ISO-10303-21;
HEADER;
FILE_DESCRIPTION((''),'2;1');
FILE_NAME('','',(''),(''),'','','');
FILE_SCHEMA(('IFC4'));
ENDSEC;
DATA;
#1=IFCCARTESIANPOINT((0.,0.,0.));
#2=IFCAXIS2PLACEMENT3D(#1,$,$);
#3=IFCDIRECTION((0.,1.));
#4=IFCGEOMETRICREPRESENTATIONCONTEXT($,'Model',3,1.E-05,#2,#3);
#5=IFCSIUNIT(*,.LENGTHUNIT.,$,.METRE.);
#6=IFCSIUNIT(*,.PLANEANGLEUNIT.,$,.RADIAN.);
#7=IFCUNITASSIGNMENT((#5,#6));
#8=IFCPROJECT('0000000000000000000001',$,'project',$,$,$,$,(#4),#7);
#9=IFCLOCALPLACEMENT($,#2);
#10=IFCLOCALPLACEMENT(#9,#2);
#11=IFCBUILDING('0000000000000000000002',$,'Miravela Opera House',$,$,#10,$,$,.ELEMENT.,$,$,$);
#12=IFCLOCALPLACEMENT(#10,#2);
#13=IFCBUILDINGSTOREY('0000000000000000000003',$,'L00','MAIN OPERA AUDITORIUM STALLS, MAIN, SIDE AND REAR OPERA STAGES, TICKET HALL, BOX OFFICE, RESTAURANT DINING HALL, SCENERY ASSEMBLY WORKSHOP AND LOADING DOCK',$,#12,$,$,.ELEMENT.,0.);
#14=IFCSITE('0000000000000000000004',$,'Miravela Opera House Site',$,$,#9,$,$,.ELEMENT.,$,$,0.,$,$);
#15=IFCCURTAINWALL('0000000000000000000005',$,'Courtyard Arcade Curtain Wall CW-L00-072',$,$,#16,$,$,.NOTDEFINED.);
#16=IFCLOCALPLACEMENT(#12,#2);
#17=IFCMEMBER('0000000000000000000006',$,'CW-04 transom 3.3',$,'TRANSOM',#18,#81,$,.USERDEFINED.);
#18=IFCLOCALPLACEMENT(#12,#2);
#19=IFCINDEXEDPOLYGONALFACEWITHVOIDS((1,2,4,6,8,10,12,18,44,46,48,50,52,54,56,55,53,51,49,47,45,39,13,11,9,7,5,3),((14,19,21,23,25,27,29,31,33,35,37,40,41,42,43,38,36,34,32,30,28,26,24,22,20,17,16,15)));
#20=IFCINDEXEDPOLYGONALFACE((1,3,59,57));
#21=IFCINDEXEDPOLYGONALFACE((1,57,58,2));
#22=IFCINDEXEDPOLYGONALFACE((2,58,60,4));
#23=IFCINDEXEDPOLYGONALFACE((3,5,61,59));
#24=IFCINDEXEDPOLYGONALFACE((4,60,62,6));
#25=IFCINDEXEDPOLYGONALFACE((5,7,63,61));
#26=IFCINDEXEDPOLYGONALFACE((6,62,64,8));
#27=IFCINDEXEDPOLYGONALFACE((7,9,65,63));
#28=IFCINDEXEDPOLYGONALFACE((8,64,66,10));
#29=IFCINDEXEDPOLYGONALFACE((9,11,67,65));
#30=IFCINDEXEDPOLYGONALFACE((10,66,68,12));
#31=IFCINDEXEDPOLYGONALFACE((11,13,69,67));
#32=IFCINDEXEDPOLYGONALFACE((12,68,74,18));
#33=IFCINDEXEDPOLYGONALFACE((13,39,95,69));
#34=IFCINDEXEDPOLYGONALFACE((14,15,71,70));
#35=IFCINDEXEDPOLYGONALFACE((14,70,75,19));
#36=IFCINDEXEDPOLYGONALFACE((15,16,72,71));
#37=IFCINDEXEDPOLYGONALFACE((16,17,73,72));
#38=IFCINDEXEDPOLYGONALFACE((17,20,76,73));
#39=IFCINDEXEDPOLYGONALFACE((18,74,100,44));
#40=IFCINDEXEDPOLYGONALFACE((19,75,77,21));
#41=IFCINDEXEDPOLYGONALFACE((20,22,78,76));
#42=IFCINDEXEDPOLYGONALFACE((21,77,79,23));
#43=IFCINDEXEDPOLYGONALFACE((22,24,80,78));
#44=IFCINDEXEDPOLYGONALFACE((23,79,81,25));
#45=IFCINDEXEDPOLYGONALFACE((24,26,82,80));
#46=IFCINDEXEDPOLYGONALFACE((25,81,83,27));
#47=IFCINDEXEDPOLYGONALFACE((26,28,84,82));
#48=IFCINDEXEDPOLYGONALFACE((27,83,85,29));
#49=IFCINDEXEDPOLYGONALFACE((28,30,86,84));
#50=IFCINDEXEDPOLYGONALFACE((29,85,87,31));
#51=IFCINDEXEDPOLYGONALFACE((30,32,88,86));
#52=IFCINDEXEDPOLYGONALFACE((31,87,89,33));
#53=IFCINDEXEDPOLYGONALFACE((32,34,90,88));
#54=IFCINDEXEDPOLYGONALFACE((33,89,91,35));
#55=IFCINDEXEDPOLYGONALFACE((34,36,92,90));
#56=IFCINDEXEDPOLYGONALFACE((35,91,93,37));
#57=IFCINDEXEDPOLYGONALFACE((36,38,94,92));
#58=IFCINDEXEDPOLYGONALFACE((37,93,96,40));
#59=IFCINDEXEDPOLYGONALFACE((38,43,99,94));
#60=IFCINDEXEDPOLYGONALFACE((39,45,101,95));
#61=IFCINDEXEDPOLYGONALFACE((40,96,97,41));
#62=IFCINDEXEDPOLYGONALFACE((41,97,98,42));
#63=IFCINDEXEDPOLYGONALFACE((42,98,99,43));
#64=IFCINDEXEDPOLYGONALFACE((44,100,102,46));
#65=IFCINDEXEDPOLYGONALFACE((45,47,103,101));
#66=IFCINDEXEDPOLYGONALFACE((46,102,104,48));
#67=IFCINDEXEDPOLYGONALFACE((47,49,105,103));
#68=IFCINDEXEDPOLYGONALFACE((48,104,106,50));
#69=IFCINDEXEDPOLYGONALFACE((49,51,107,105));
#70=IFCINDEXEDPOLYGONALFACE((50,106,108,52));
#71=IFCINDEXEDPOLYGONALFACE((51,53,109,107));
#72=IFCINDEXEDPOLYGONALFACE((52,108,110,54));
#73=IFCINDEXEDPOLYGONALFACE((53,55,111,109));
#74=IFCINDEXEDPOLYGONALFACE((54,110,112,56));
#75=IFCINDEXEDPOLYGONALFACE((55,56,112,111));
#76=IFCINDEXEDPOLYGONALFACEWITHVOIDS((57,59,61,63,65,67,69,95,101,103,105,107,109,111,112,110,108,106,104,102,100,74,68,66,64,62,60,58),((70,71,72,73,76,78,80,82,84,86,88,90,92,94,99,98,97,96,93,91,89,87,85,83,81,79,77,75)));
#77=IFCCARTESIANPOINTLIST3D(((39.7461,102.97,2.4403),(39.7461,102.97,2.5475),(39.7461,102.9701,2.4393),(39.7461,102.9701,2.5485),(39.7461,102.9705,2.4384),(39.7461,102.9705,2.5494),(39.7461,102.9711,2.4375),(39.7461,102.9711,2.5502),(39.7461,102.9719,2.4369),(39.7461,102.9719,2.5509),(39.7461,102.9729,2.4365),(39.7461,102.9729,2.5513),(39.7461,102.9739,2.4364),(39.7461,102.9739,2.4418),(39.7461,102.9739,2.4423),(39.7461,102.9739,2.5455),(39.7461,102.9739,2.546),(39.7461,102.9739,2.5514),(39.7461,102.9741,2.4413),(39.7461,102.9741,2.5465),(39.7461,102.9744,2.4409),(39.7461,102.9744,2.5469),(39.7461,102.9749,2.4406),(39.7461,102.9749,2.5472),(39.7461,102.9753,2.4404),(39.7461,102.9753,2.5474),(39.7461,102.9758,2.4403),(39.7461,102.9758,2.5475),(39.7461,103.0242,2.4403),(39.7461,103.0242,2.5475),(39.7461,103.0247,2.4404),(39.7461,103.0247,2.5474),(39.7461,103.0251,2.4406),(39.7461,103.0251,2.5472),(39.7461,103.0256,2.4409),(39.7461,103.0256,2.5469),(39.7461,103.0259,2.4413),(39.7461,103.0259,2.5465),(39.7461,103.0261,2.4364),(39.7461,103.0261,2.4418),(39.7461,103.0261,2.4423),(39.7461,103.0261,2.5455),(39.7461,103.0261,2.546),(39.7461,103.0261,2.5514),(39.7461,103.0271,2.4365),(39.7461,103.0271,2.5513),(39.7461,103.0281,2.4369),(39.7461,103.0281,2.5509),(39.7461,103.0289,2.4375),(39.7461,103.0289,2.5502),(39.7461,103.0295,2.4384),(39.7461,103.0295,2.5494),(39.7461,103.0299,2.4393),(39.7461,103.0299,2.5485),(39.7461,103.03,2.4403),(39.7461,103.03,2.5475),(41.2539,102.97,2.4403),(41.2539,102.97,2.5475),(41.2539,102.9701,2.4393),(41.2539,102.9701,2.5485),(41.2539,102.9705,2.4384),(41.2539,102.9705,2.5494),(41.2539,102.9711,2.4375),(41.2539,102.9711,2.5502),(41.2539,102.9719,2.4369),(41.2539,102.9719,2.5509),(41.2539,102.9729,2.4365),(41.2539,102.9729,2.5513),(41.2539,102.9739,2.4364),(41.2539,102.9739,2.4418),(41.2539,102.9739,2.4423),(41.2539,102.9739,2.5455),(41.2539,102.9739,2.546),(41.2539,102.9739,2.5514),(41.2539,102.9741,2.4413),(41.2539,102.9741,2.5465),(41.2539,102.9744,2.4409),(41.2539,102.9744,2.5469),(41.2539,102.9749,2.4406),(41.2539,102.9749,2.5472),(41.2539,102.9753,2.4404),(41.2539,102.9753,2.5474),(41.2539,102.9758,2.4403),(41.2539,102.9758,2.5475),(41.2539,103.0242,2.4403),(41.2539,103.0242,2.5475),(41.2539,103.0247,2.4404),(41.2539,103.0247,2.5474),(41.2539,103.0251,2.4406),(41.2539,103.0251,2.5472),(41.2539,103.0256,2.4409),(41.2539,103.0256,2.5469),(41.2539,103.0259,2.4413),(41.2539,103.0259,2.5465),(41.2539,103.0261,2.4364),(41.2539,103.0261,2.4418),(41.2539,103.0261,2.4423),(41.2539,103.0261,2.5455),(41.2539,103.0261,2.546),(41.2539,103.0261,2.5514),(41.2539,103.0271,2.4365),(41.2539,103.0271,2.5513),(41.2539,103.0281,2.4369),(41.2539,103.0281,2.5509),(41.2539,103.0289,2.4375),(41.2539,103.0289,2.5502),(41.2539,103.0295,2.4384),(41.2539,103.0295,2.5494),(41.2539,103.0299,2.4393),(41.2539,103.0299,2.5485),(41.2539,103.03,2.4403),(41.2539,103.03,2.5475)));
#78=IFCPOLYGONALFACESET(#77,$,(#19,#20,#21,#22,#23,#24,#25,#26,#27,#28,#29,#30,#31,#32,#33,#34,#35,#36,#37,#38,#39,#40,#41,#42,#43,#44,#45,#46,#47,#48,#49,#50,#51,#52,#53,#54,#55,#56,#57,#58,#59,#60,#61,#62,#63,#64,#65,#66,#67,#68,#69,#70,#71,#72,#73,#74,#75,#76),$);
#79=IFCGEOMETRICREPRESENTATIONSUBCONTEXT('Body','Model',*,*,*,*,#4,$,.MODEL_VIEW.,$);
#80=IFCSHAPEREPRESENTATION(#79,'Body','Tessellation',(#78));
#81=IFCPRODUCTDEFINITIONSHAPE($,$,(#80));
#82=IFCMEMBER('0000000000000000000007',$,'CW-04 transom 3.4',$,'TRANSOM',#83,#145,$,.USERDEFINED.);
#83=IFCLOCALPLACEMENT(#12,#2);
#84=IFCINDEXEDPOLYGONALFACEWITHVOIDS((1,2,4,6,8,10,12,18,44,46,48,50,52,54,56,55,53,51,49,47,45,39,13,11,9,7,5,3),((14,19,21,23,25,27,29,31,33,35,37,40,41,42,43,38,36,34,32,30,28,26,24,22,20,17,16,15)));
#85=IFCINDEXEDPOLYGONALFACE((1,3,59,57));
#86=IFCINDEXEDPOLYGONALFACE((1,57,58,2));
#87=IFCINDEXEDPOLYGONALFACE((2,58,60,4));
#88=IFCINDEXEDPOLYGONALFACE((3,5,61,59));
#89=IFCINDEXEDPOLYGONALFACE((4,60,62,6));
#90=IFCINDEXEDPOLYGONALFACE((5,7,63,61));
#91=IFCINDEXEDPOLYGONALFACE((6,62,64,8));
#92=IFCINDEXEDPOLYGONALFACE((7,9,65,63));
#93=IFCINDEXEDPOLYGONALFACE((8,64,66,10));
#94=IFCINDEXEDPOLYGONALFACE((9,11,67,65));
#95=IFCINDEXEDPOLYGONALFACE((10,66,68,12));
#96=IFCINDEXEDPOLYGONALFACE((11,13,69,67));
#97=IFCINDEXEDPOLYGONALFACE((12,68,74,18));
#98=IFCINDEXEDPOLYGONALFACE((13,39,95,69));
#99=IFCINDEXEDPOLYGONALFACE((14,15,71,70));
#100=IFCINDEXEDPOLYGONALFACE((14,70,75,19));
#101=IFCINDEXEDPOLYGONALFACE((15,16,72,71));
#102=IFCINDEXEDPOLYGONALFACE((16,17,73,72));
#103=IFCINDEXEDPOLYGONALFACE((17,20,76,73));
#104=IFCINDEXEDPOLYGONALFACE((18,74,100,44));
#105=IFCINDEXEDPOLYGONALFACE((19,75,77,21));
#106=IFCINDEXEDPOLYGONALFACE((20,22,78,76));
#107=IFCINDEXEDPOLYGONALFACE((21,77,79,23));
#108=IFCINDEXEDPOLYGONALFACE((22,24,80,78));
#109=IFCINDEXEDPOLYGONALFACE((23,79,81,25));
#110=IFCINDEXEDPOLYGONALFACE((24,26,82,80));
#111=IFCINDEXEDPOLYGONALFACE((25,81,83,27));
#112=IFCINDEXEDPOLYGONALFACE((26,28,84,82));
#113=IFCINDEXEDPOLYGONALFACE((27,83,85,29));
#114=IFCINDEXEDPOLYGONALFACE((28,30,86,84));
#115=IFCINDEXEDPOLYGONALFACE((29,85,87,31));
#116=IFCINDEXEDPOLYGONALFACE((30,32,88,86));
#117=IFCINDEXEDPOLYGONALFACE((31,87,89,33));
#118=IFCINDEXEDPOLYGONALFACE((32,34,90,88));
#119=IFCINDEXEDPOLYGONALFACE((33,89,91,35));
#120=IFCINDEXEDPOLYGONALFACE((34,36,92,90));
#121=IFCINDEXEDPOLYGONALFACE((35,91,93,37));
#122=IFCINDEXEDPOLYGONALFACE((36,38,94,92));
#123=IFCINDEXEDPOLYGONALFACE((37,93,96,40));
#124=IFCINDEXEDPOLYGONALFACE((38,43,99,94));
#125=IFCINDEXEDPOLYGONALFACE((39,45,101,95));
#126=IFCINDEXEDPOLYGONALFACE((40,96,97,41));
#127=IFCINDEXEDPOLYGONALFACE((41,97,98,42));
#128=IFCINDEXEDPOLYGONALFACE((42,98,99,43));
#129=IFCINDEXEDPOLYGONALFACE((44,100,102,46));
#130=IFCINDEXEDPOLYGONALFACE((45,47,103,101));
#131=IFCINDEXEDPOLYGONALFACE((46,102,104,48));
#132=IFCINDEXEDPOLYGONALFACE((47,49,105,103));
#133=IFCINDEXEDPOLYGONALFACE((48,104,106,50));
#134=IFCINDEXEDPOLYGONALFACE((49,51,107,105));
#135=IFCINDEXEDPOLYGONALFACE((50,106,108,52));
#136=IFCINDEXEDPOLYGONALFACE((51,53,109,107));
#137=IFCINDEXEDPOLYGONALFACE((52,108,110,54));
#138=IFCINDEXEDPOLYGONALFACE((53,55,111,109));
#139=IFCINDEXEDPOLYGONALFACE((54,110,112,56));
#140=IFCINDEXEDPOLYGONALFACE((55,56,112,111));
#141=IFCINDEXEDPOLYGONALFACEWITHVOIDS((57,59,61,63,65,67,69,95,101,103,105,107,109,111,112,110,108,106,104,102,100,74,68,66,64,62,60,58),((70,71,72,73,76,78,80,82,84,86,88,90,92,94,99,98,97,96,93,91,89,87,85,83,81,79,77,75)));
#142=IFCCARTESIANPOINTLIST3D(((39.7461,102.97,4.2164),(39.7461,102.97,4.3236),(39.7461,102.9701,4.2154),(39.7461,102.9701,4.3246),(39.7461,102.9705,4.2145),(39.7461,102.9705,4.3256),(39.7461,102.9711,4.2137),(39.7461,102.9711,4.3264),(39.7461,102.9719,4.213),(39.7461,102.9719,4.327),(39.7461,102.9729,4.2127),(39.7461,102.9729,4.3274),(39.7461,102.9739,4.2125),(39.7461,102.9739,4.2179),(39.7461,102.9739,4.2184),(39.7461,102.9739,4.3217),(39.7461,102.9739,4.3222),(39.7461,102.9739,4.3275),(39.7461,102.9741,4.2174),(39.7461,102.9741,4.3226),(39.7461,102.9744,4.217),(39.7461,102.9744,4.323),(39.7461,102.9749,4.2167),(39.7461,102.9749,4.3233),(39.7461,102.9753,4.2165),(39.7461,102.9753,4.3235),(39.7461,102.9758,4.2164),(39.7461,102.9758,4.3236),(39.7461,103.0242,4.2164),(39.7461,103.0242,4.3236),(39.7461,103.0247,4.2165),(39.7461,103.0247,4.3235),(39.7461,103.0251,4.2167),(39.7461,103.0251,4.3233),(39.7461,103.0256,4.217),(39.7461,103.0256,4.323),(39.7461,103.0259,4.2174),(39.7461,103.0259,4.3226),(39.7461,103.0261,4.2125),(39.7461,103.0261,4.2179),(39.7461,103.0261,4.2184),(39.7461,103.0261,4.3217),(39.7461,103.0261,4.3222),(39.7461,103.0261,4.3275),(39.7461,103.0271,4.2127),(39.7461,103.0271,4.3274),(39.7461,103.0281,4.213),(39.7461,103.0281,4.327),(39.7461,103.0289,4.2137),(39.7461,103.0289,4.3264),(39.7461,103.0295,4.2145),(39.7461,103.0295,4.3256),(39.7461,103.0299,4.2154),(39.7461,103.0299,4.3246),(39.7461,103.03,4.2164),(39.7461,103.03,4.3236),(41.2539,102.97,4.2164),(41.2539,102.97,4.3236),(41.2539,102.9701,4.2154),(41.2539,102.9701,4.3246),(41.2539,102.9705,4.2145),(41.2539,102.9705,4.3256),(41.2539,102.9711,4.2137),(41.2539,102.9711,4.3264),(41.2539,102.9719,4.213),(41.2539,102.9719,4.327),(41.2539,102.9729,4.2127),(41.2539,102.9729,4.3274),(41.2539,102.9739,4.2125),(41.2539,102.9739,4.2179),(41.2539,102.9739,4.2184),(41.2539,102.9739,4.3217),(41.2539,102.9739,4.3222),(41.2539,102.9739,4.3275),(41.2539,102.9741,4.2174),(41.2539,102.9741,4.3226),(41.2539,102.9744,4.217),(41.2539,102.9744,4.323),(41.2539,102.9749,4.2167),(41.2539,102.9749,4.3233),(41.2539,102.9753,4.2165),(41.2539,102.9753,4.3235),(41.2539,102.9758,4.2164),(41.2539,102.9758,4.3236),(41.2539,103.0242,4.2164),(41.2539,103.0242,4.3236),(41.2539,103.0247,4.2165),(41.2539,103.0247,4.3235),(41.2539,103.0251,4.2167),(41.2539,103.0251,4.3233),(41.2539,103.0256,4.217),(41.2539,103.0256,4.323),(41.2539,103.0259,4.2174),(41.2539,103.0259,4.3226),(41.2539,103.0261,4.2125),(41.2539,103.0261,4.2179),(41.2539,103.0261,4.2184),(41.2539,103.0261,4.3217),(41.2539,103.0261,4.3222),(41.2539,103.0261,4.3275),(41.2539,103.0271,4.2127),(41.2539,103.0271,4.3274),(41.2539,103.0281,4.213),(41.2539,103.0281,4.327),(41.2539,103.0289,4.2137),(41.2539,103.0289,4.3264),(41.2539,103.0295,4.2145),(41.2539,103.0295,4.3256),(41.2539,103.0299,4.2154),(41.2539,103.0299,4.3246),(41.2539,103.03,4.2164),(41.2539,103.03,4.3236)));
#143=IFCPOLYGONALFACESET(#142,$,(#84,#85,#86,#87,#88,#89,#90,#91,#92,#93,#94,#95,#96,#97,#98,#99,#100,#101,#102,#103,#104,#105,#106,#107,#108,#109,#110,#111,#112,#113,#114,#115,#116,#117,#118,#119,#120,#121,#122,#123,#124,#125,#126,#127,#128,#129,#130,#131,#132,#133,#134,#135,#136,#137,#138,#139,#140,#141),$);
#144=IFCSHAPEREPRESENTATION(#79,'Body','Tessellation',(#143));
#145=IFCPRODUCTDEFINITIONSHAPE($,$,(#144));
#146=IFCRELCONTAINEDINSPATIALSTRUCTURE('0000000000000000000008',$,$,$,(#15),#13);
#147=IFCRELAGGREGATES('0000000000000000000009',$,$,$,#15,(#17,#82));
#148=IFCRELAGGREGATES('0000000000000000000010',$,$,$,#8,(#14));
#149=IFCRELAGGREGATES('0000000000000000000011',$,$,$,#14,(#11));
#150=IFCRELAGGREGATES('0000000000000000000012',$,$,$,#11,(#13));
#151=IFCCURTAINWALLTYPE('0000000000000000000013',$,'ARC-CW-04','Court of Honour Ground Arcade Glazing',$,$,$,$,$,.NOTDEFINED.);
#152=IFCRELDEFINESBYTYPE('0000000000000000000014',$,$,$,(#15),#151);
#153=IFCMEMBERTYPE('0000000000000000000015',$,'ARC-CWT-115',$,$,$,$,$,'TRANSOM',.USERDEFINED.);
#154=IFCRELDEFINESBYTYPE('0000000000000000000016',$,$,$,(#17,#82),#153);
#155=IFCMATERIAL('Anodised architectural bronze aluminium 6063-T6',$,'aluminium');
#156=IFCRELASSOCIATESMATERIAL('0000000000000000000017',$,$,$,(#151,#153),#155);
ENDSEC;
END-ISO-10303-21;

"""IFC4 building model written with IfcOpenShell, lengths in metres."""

from ifc_helpers import new_model, si_unit, direction, frame, origin, origin_2d, place, context, subcontext, project, spatial, hollow_rectangle, extrude, material, material_profile, profile_set, type_object, element, aggregate, save


model = new_model("IFC4")

# Units and contexts
model_context = context("Model", 3, precision=1e-05, world=origin(), true_north=direction((0.0, 1.0)))
body_context = subcontext(model_context, "Body", "Model", "MODEL_VIEW")
ifc_project = project(units=[si_unit("LENGTHUNIT", "METRE"), si_unit("PLANEANGLEUNIT", "RADIAN")], contexts=[model_context])

# Site, building, storey
site_placement = place(None, origin())
site = spatial("IfcSite", under=ifc_project, at=site_placement, Name="Miravela Opera House Site", CompositionType="ELEMENT", RefElevation=0.0)
building_placement = place(site_placement, origin())
building = spatial("IfcBuilding", under=site, at=building_placement, Name="Miravela Opera House", CompositionType="ELEMENT")
storey_placement = place(building_placement, origin())
storey = spatial("IfcBuildingStorey", under=building, at=storey_placement, Name="L00", Description="MAIN OPERA AUDITORIUM STALLS, MAIN, SIDE AND REAR OPERA STAGES, TICKET HALL, BOX OFFICE, RESTAURANT DINING HALL, SCENERY ASSEMBLY WORKSHOP AND LOADING DOCK", CompositionType="ELEMENT", Elevation=0.0)

# Curtain wall, members
ifc_material_1 = material(Name="Anodised architectural bronze aluminium 6063-T6", Category="aluminium")
curtain_wall_type = type_object("IfcCurtainWallType", Name="ARC-CW-04", Description="Court of Honour Ground Arcade Glazing", PredefinedType="NOTDEFINED", material=ifc_material_1)
curtain_wall_placement = place(storey_placement, origin())
curtain_wall = element("IfcCurtainWall", 1, at=curtain_wall_placement, inside=storey, type_object=curtain_wall_type, Name="Courtyard Arcade Curtain Wall CW-L00-072", PredefinedType="NOTDEFINED")
ifc_material_profile_1 = material_profile(ifc_material_1, hollow_rectangle(XDim=0.0601, YDim=0.115, WallThickness=0.0039, InnerFilletRadius=0.002, OuterFilletRadius=0.0039, at=origin_2d()), Name="CWT-60X115")
ifc_profile_set_1 = profile_set([ifc_material_profile_1])
member_type_1 = type_object("IfcMemberType", Name="ARC-CWT-115", ElementType="TRANSOM", PredefinedType="USERDEFINED", material=ifc_profile_set_1)
member_1_placement = place(storey_placement, frame((39.7461, 103.0, 2.4939), z_axis=(1.0, 0.0, 0.0), x_axis=(0.0, 1.0, 0.0)))
member_1 = element("IfcMember", 2, at=member_1_placement, type_object=member_type_1, Name="CW-04 transom 3.3", ObjectType="TRANSOM", PredefinedType="USERDEFINED", context=body_context, shape_type="SweptSolid", body=[
    extrude(hollow_rectangle(XDim=0.0601, YDim=0.115, WallThickness=0.0039, InnerFilletRadius=0.002, OuterFilletRadius=0.0039, at=origin_2d()), origin(), (0.0, 0.0, 1.0), 1.5078),
])
member_2_placement = place(storey_placement, frame((39.7461, 103.0, 4.27), z_axis=(1.0, 0.0, 0.0), x_axis=(0.0, 1.0, 0.0)))
member_2 = element("IfcMember", 3, at=member_2_placement, type_object=member_type_1, Name="CW-04 transom 3.4", ObjectType="TRANSOM", PredefinedType="USERDEFINED", context=body_context, shape_type="SweptSolid", body=[
    extrude(hollow_rectangle(XDim=0.0601, YDim=0.115, WallThickness=0.0039, InnerFilletRadius=0.002, OuterFilletRadius=0.0039, at=origin_2d()), origin(), (0.0, 0.0, 1.0), 1.5078),
])
aggregate(curtain_wall, [member_1, member_2])

save(model, "model.ifc")
